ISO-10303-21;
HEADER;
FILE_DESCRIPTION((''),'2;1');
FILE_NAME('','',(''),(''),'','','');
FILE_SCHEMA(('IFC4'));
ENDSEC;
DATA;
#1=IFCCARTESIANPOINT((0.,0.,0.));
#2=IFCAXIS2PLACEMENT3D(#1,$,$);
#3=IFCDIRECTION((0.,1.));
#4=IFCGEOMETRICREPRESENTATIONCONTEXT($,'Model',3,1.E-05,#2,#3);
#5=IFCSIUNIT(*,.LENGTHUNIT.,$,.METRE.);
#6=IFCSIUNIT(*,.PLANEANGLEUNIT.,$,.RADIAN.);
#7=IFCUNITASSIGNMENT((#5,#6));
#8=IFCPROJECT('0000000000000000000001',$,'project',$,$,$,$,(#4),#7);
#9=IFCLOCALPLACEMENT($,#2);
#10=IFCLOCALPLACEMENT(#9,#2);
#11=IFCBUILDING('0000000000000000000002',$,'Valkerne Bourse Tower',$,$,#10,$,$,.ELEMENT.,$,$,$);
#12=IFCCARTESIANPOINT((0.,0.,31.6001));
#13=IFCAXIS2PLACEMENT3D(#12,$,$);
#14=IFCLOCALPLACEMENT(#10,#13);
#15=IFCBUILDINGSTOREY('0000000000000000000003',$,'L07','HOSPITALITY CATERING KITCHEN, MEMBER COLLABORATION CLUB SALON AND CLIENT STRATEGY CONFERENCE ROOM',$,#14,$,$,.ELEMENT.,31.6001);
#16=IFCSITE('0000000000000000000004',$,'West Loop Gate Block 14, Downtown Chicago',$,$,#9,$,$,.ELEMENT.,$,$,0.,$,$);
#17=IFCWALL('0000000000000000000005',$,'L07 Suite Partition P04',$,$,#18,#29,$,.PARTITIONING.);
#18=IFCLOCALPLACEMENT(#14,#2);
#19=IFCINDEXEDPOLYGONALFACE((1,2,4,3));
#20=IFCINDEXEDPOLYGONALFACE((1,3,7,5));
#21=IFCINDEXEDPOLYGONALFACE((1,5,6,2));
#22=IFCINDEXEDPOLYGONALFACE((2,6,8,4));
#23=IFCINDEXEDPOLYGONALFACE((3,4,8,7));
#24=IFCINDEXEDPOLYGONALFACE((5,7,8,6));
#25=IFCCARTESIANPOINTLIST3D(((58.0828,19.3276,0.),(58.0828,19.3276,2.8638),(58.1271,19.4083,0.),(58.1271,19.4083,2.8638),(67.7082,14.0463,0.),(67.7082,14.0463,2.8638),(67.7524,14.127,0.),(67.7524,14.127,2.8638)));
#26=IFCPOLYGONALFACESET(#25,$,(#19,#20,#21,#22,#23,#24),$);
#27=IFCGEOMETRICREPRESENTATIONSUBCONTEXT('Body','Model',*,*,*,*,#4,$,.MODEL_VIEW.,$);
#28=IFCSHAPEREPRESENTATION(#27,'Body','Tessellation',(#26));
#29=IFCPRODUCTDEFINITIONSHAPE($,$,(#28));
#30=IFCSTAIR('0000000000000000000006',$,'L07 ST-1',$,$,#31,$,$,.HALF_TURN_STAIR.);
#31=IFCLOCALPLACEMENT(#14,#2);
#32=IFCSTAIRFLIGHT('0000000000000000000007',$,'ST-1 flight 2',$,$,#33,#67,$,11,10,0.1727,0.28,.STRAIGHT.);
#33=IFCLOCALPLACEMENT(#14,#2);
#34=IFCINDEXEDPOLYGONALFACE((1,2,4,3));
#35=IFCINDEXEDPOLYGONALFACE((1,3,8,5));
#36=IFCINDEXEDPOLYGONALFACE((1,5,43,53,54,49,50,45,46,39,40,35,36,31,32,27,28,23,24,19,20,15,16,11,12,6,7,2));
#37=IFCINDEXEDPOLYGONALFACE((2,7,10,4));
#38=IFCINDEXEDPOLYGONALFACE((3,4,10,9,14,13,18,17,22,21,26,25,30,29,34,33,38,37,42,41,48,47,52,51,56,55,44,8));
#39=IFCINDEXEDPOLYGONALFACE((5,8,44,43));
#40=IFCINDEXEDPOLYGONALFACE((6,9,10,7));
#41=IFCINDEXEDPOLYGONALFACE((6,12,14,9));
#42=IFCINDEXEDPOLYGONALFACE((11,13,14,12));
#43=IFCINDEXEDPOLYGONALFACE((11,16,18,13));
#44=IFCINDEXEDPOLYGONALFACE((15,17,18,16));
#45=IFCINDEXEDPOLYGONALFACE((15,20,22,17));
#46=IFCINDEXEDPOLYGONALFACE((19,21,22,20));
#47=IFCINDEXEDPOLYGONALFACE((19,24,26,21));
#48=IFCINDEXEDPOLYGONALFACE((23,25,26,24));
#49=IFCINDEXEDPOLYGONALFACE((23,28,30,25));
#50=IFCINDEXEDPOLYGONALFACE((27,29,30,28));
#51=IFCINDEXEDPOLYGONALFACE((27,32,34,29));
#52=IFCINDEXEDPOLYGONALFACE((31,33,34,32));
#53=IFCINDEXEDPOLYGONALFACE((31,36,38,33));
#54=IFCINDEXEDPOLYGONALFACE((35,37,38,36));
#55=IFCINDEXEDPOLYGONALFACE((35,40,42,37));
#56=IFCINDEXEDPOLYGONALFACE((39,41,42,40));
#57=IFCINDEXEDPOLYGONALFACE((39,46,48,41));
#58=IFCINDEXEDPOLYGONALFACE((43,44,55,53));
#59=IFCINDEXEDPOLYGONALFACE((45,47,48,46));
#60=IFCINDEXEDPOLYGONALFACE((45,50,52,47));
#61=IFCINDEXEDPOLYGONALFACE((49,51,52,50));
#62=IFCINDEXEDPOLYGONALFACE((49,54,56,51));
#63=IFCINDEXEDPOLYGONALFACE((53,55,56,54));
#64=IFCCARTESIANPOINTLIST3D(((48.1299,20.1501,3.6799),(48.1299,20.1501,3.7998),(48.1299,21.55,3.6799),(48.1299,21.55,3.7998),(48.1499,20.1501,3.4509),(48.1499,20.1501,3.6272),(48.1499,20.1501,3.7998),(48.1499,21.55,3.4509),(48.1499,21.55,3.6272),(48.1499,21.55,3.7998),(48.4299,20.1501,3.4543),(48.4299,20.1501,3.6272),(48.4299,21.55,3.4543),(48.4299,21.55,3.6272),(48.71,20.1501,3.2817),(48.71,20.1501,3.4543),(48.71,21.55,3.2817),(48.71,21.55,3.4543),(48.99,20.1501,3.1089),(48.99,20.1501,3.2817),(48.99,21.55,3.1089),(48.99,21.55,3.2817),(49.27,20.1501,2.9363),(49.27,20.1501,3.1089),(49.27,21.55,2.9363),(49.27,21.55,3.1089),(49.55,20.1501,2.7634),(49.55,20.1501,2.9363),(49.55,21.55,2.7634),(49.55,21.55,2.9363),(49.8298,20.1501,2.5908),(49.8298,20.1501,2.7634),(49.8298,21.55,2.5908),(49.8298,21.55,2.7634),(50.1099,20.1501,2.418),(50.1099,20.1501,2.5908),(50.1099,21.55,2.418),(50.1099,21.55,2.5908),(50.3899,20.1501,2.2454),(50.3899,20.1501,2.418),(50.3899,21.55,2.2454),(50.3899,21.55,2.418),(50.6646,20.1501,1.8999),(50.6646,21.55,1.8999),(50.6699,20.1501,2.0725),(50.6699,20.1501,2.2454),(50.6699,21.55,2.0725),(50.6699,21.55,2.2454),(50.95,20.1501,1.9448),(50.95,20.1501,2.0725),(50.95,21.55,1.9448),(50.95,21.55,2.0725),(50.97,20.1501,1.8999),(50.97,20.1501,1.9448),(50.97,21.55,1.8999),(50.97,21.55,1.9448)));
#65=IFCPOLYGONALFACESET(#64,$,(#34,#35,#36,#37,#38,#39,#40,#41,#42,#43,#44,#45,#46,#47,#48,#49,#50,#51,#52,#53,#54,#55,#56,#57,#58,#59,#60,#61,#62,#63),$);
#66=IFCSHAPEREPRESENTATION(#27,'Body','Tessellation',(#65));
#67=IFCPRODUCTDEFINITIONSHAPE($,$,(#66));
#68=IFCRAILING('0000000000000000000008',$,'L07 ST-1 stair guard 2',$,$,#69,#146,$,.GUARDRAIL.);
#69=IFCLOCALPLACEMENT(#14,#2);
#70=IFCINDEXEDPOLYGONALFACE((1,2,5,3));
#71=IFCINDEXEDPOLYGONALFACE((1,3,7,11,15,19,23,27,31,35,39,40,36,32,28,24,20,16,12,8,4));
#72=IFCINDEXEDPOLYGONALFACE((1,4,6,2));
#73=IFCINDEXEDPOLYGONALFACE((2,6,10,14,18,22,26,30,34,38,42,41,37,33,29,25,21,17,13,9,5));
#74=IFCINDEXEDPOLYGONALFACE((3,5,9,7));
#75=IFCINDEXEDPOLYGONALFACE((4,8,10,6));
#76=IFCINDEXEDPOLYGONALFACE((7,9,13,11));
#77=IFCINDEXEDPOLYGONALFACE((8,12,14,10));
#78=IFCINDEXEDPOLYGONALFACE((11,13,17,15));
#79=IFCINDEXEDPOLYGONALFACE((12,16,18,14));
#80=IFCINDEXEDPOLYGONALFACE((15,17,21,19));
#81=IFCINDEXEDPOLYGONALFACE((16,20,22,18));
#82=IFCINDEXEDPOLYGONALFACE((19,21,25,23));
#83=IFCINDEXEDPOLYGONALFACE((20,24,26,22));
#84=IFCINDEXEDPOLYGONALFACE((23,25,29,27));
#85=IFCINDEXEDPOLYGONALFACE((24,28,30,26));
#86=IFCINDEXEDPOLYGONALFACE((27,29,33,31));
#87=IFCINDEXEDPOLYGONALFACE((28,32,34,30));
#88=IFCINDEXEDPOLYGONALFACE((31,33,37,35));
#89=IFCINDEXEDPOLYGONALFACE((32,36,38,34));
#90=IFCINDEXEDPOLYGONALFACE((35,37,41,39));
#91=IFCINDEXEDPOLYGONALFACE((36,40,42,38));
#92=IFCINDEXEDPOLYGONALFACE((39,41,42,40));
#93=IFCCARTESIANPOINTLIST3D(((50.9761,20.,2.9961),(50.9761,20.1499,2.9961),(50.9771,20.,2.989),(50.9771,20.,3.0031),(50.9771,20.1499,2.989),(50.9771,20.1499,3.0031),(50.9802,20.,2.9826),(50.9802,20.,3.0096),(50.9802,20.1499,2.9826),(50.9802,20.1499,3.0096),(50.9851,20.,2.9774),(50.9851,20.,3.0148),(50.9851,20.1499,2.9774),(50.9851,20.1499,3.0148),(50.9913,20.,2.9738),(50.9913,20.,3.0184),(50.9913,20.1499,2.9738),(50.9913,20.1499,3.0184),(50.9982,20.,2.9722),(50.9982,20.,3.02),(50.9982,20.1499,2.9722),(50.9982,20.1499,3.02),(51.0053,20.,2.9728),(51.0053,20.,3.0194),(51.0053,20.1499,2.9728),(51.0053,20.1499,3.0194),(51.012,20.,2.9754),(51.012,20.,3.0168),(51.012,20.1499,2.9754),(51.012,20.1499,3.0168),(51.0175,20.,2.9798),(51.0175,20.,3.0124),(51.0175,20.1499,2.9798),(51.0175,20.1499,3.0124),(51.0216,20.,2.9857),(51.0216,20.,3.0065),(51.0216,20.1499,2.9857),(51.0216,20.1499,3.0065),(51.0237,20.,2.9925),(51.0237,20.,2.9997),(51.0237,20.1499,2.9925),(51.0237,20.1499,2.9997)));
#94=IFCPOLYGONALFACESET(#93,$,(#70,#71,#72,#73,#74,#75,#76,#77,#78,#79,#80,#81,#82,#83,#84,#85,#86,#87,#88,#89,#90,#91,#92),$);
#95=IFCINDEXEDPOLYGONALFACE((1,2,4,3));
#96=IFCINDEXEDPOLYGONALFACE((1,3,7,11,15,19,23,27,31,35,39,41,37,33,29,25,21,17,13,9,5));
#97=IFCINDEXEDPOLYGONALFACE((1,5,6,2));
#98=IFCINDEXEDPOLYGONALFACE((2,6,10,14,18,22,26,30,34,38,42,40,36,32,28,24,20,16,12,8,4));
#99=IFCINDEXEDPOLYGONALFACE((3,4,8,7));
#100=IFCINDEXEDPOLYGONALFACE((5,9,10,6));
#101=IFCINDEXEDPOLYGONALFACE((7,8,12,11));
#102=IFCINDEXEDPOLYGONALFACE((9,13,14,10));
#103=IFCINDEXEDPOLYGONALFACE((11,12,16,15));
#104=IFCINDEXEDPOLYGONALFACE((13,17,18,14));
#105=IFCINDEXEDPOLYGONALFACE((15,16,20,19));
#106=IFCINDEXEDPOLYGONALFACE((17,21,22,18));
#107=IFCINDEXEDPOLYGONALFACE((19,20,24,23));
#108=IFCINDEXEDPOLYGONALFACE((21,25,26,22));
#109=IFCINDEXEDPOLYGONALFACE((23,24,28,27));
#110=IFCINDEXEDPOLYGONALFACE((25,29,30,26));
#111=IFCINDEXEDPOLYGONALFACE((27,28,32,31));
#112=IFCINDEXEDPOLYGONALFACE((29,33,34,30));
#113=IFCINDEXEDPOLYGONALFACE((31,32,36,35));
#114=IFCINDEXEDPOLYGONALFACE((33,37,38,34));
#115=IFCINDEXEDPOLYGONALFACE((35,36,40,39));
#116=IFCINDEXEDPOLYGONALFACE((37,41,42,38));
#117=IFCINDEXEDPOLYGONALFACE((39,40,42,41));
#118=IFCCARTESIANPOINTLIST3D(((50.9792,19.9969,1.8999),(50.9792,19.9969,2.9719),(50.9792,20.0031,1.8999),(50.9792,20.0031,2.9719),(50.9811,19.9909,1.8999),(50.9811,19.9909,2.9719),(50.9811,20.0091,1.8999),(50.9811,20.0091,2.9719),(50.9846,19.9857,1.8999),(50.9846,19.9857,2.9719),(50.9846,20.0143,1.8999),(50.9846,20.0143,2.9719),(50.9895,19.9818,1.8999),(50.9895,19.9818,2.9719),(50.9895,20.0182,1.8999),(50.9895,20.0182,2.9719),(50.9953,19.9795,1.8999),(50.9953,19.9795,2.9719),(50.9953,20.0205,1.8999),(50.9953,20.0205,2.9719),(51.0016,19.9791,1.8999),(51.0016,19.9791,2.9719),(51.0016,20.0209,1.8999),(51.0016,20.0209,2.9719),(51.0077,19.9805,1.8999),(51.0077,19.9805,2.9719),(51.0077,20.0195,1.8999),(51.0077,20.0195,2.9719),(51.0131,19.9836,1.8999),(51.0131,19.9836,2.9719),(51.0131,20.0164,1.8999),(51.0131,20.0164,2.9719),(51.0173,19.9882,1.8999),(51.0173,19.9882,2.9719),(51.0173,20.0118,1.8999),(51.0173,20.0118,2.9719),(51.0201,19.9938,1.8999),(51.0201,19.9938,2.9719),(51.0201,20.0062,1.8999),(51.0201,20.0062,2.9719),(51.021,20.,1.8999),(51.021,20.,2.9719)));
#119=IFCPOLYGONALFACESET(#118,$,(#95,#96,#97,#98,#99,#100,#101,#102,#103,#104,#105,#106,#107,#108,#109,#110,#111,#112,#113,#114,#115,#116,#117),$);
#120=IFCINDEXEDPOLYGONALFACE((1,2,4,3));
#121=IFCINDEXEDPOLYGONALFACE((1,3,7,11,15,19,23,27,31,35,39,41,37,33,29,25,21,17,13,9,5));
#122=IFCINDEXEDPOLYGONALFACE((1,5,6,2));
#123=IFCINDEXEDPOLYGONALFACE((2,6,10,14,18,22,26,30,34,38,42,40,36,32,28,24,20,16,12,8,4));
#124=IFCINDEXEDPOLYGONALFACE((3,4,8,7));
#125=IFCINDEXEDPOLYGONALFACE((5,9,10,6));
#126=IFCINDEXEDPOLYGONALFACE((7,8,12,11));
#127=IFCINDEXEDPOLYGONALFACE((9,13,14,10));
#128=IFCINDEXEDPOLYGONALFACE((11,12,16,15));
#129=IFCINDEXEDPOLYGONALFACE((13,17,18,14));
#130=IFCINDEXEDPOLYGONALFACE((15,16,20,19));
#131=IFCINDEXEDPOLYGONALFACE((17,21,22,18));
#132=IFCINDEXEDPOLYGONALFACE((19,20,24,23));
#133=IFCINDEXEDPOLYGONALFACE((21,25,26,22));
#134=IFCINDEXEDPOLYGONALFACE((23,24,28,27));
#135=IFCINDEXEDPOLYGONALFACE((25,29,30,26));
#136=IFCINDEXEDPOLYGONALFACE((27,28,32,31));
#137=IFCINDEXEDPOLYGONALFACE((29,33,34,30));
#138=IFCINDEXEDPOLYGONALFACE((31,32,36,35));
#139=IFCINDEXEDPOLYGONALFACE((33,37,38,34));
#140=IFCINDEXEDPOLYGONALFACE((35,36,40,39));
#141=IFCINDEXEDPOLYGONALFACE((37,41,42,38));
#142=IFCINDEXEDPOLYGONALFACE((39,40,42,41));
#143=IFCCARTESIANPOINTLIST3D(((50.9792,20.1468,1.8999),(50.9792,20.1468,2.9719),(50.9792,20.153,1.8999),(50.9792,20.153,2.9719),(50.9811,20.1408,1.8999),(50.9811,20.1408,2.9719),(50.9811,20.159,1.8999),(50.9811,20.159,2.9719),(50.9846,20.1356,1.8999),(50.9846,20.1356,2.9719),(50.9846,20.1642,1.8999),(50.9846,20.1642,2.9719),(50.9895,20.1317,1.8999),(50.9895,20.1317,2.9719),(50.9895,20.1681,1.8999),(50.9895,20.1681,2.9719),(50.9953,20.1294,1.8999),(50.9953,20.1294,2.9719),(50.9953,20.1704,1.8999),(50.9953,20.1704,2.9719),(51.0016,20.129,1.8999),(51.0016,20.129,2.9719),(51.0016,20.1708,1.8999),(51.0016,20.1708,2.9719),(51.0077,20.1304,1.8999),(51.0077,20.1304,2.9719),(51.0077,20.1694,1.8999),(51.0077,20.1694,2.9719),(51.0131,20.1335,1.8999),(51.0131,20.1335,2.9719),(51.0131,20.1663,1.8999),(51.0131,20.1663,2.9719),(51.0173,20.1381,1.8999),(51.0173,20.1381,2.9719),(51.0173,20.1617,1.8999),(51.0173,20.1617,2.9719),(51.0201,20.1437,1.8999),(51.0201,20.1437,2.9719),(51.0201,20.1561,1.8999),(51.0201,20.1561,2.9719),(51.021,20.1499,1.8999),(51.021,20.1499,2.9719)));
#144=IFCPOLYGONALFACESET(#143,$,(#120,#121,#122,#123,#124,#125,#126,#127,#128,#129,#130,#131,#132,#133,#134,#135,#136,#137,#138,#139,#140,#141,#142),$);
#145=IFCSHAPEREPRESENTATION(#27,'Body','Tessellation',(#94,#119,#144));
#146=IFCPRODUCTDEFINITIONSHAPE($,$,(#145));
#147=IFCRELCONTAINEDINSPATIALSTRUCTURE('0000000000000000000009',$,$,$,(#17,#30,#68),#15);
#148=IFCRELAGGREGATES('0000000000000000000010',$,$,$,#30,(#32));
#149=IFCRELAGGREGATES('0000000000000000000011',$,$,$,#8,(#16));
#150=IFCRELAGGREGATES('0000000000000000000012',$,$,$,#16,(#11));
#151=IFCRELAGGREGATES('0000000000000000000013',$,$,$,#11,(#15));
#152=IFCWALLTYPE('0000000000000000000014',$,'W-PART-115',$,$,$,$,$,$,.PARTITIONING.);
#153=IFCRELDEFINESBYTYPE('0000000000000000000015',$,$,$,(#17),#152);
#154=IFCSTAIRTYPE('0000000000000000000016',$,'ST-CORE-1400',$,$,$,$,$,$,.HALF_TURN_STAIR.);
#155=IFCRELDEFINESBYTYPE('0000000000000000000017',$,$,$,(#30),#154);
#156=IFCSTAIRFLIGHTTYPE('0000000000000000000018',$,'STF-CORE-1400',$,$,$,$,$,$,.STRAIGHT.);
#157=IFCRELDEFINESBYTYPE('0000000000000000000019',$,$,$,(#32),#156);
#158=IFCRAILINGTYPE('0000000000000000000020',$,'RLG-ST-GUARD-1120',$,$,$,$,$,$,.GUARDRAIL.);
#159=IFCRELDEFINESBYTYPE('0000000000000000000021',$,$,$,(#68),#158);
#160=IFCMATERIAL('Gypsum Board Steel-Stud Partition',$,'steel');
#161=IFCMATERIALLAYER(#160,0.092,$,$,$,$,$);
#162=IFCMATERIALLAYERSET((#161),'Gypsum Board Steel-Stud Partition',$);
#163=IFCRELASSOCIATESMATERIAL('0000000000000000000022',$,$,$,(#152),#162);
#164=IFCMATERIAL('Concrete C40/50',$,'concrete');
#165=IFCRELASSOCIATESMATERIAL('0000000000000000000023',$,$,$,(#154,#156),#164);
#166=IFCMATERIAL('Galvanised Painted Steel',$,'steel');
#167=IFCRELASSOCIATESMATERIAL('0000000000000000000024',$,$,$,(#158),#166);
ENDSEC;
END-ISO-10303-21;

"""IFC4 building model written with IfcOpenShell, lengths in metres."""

from ifc_helpers import new_model, si_unit, direction, frame, frame_2d, origin, origin_2d, place, context, subcontext, project, spatial, polyline, rectangle, circle, outline, extrude, material, layer, layer_set, type_object, element, aggregate, save


model = new_model("IFC4")

# Units and contexts
model_context = context("Model", 3, precision=1e-05, world=origin(), true_north=direction((0.0, 1.0)))
body_context = subcontext(model_context, "Body", "Model", "MODEL_VIEW")
ifc_project = project(units=[si_unit("LENGTHUNIT", "METRE"), si_unit("PLANEANGLEUNIT", "RADIAN")], contexts=[model_context])

# Site, building, storey
site_placement = place(None, origin())
site = spatial("IfcSite", under=ifc_project, at=site_placement, Name="West Loop Gate Block 14, Downtown Chicago", CompositionType="ELEMENT", RefElevation=0.0)
building_placement = place(site_placement, origin())
building = spatial("IfcBuilding", under=site, at=building_placement, Name="Valkerne Bourse Tower", CompositionType="ELEMENT")
storey_placement = place(building_placement, frame((0.0, 0.0, 31.6001)))
storey = spatial("IfcBuildingStorey", under=building, at=storey_placement, Name="L07", Description="HOSPITALITY CATERING KITCHEN, MEMBER COLLABORATION CLUB SALON AND CLIENT STRATEGY CONFERENCE ROOM", CompositionType="ELEMENT", Elevation=31.6001)

# Shared definitions
ifc_material_1 = material(Name="Galvanised Painted Steel", Category="steel")
ifc_material_2 = material(Name="Gypsum Board Steel-Stud Partition", Category="steel")

# Wall
ifc_layer_1 = layer(ifc_material_2, 0.092)
ifc_layer_set_1 = layer_set([ifc_layer_1], Name="Gypsum Board Steel-Stud Partition")
wall_type_1 = type_object("IfcWallType", Name="W-PART-115", PredefinedType="PARTITIONING", material=ifc_layer_set_1)
wall_1_placement = place(storey_placement, frame((58.105, 19.3679, 0.0), z_axis=(0.0, 0.0, 1.0), x_axis=(0.876701, -0.481035, 0.0)))
element("IfcWall", 1, at=wall_1_placement, inside=storey, type_object=wall_type_1, Name="L07 Suite Partition P04", PredefinedType="PARTITIONING", context=body_context, shape_type="SweptSolid", body=[
    extrude(rectangle(XDim=10.979, YDim=0.092, at=frame_2d((5.4895, 0.0))), origin(), (0.0, 0.0, 1.0), 2.8638),
])

# Stair, stair flight
ifc_material_3 = material(Name="Concrete C40/50", Category="concrete")
stair_type = type_object("IfcStairType", Name="ST-CORE-1400", PredefinedType="HALF_TURN_STAIR", material=ifc_material_3)
stair_placement = place(storey_placement, origin())
stair = element("IfcStair", 2, at=stair_placement, inside=storey, type_object=stair_type, Name="L07 ST-1", PredefinedType="HALF_TURN_STAIR")
stair_flight_type = type_object("IfcStairFlightType", Name="STF-CORE-1400", PredefinedType="STRAIGHT", material=ifc_material_3)
stair_flight_placement = place(storey_placement, frame((50.95, 20.8501, 1.8999), z_axis=(0.0, 0.0, 1.0), x_axis=(-1.0, 0.0, 0.0)))
stair_flight = element("IfcStairFlight", 3, at=stair_flight_placement, type_object=stair_flight_type, Name="ST-1 flight 2", NumberOfRisers=11, NumberOfTreads=10, PredefinedType="STRAIGHT", RiserHeight=0.1727, TreadLength=0.28, context=body_context, shape_type="SweptSolid", body=[
    extrude(outline(polyline([(-0.02, 0.0), (-0.02, 0.0449), (0.0, 0.0449), (0.0, 0.1726), (0.28, 0.1726), (0.28, 0.3455), (0.5601, 0.3455), (0.5601, 0.5181), (0.8401, 0.5181), (0.8401, 0.6909), (1.1201, 0.6909), (1.1201, 0.8635), (1.3999, 0.8635), (1.3999, 1.0364), (1.6799, 1.0364), (1.6799, 1.209), (1.96, 1.209), (1.96, 1.3818), (2.24, 1.3818), (2.24, 1.5544), (2.52, 1.5544), (2.52, 1.7273), (2.8, 1.7273), (2.8, 1.8999), (2.8201, 1.8999), (2.8201, 1.78), (2.8, 1.551), (0.2854, 0.0), (-0.02, 0.0)])), frame((0.0, 0.7, 0.0), z_axis=(0.0, -1.0, 0.0), x_axis=(1.0, 0.0, 0.0)), (0.0, 0.0, 1.0), 1.3999),
])
aggregate(stair, [stair_flight])

# Railing
railing_type_1 = type_object("IfcRailingType", Name="RLG-ST-GUARD-1120", PredefinedType="GUARDRAIL", material=ifc_material_1)
railing_1_placement = place(storey_placement, frame((51.0, 20.0, 1.8999)))
element("IfcRailing", 4, at=railing_1_placement, inside=storey, type_object=railing_type_1, Name="L07 ST-1 stair guard 2", PredefinedType="GUARDRAIL", context=body_context, shape_type="SweptSolid", body=[
    extrude(circle(Radius=0.0239, at=origin_2d()), frame((0.0, 0.0, 1.0962), z_axis=(0.0, 1.0, 0.0), x_axis=(-1.0, 0.0, 0.0)), (0.0, 0.0, 1.0), 0.1499),
    extrude(circle(Radius=0.021, at=origin_2d()), origin(), (0.0, 0.0, 1.0), 1.072),
    extrude(circle(Radius=0.021, at=origin_2d()), frame((0.0, 0.1499, 0.0)), (0.0, 0.0, 1.0), 1.072),
])

save(model, "model.ifc")
